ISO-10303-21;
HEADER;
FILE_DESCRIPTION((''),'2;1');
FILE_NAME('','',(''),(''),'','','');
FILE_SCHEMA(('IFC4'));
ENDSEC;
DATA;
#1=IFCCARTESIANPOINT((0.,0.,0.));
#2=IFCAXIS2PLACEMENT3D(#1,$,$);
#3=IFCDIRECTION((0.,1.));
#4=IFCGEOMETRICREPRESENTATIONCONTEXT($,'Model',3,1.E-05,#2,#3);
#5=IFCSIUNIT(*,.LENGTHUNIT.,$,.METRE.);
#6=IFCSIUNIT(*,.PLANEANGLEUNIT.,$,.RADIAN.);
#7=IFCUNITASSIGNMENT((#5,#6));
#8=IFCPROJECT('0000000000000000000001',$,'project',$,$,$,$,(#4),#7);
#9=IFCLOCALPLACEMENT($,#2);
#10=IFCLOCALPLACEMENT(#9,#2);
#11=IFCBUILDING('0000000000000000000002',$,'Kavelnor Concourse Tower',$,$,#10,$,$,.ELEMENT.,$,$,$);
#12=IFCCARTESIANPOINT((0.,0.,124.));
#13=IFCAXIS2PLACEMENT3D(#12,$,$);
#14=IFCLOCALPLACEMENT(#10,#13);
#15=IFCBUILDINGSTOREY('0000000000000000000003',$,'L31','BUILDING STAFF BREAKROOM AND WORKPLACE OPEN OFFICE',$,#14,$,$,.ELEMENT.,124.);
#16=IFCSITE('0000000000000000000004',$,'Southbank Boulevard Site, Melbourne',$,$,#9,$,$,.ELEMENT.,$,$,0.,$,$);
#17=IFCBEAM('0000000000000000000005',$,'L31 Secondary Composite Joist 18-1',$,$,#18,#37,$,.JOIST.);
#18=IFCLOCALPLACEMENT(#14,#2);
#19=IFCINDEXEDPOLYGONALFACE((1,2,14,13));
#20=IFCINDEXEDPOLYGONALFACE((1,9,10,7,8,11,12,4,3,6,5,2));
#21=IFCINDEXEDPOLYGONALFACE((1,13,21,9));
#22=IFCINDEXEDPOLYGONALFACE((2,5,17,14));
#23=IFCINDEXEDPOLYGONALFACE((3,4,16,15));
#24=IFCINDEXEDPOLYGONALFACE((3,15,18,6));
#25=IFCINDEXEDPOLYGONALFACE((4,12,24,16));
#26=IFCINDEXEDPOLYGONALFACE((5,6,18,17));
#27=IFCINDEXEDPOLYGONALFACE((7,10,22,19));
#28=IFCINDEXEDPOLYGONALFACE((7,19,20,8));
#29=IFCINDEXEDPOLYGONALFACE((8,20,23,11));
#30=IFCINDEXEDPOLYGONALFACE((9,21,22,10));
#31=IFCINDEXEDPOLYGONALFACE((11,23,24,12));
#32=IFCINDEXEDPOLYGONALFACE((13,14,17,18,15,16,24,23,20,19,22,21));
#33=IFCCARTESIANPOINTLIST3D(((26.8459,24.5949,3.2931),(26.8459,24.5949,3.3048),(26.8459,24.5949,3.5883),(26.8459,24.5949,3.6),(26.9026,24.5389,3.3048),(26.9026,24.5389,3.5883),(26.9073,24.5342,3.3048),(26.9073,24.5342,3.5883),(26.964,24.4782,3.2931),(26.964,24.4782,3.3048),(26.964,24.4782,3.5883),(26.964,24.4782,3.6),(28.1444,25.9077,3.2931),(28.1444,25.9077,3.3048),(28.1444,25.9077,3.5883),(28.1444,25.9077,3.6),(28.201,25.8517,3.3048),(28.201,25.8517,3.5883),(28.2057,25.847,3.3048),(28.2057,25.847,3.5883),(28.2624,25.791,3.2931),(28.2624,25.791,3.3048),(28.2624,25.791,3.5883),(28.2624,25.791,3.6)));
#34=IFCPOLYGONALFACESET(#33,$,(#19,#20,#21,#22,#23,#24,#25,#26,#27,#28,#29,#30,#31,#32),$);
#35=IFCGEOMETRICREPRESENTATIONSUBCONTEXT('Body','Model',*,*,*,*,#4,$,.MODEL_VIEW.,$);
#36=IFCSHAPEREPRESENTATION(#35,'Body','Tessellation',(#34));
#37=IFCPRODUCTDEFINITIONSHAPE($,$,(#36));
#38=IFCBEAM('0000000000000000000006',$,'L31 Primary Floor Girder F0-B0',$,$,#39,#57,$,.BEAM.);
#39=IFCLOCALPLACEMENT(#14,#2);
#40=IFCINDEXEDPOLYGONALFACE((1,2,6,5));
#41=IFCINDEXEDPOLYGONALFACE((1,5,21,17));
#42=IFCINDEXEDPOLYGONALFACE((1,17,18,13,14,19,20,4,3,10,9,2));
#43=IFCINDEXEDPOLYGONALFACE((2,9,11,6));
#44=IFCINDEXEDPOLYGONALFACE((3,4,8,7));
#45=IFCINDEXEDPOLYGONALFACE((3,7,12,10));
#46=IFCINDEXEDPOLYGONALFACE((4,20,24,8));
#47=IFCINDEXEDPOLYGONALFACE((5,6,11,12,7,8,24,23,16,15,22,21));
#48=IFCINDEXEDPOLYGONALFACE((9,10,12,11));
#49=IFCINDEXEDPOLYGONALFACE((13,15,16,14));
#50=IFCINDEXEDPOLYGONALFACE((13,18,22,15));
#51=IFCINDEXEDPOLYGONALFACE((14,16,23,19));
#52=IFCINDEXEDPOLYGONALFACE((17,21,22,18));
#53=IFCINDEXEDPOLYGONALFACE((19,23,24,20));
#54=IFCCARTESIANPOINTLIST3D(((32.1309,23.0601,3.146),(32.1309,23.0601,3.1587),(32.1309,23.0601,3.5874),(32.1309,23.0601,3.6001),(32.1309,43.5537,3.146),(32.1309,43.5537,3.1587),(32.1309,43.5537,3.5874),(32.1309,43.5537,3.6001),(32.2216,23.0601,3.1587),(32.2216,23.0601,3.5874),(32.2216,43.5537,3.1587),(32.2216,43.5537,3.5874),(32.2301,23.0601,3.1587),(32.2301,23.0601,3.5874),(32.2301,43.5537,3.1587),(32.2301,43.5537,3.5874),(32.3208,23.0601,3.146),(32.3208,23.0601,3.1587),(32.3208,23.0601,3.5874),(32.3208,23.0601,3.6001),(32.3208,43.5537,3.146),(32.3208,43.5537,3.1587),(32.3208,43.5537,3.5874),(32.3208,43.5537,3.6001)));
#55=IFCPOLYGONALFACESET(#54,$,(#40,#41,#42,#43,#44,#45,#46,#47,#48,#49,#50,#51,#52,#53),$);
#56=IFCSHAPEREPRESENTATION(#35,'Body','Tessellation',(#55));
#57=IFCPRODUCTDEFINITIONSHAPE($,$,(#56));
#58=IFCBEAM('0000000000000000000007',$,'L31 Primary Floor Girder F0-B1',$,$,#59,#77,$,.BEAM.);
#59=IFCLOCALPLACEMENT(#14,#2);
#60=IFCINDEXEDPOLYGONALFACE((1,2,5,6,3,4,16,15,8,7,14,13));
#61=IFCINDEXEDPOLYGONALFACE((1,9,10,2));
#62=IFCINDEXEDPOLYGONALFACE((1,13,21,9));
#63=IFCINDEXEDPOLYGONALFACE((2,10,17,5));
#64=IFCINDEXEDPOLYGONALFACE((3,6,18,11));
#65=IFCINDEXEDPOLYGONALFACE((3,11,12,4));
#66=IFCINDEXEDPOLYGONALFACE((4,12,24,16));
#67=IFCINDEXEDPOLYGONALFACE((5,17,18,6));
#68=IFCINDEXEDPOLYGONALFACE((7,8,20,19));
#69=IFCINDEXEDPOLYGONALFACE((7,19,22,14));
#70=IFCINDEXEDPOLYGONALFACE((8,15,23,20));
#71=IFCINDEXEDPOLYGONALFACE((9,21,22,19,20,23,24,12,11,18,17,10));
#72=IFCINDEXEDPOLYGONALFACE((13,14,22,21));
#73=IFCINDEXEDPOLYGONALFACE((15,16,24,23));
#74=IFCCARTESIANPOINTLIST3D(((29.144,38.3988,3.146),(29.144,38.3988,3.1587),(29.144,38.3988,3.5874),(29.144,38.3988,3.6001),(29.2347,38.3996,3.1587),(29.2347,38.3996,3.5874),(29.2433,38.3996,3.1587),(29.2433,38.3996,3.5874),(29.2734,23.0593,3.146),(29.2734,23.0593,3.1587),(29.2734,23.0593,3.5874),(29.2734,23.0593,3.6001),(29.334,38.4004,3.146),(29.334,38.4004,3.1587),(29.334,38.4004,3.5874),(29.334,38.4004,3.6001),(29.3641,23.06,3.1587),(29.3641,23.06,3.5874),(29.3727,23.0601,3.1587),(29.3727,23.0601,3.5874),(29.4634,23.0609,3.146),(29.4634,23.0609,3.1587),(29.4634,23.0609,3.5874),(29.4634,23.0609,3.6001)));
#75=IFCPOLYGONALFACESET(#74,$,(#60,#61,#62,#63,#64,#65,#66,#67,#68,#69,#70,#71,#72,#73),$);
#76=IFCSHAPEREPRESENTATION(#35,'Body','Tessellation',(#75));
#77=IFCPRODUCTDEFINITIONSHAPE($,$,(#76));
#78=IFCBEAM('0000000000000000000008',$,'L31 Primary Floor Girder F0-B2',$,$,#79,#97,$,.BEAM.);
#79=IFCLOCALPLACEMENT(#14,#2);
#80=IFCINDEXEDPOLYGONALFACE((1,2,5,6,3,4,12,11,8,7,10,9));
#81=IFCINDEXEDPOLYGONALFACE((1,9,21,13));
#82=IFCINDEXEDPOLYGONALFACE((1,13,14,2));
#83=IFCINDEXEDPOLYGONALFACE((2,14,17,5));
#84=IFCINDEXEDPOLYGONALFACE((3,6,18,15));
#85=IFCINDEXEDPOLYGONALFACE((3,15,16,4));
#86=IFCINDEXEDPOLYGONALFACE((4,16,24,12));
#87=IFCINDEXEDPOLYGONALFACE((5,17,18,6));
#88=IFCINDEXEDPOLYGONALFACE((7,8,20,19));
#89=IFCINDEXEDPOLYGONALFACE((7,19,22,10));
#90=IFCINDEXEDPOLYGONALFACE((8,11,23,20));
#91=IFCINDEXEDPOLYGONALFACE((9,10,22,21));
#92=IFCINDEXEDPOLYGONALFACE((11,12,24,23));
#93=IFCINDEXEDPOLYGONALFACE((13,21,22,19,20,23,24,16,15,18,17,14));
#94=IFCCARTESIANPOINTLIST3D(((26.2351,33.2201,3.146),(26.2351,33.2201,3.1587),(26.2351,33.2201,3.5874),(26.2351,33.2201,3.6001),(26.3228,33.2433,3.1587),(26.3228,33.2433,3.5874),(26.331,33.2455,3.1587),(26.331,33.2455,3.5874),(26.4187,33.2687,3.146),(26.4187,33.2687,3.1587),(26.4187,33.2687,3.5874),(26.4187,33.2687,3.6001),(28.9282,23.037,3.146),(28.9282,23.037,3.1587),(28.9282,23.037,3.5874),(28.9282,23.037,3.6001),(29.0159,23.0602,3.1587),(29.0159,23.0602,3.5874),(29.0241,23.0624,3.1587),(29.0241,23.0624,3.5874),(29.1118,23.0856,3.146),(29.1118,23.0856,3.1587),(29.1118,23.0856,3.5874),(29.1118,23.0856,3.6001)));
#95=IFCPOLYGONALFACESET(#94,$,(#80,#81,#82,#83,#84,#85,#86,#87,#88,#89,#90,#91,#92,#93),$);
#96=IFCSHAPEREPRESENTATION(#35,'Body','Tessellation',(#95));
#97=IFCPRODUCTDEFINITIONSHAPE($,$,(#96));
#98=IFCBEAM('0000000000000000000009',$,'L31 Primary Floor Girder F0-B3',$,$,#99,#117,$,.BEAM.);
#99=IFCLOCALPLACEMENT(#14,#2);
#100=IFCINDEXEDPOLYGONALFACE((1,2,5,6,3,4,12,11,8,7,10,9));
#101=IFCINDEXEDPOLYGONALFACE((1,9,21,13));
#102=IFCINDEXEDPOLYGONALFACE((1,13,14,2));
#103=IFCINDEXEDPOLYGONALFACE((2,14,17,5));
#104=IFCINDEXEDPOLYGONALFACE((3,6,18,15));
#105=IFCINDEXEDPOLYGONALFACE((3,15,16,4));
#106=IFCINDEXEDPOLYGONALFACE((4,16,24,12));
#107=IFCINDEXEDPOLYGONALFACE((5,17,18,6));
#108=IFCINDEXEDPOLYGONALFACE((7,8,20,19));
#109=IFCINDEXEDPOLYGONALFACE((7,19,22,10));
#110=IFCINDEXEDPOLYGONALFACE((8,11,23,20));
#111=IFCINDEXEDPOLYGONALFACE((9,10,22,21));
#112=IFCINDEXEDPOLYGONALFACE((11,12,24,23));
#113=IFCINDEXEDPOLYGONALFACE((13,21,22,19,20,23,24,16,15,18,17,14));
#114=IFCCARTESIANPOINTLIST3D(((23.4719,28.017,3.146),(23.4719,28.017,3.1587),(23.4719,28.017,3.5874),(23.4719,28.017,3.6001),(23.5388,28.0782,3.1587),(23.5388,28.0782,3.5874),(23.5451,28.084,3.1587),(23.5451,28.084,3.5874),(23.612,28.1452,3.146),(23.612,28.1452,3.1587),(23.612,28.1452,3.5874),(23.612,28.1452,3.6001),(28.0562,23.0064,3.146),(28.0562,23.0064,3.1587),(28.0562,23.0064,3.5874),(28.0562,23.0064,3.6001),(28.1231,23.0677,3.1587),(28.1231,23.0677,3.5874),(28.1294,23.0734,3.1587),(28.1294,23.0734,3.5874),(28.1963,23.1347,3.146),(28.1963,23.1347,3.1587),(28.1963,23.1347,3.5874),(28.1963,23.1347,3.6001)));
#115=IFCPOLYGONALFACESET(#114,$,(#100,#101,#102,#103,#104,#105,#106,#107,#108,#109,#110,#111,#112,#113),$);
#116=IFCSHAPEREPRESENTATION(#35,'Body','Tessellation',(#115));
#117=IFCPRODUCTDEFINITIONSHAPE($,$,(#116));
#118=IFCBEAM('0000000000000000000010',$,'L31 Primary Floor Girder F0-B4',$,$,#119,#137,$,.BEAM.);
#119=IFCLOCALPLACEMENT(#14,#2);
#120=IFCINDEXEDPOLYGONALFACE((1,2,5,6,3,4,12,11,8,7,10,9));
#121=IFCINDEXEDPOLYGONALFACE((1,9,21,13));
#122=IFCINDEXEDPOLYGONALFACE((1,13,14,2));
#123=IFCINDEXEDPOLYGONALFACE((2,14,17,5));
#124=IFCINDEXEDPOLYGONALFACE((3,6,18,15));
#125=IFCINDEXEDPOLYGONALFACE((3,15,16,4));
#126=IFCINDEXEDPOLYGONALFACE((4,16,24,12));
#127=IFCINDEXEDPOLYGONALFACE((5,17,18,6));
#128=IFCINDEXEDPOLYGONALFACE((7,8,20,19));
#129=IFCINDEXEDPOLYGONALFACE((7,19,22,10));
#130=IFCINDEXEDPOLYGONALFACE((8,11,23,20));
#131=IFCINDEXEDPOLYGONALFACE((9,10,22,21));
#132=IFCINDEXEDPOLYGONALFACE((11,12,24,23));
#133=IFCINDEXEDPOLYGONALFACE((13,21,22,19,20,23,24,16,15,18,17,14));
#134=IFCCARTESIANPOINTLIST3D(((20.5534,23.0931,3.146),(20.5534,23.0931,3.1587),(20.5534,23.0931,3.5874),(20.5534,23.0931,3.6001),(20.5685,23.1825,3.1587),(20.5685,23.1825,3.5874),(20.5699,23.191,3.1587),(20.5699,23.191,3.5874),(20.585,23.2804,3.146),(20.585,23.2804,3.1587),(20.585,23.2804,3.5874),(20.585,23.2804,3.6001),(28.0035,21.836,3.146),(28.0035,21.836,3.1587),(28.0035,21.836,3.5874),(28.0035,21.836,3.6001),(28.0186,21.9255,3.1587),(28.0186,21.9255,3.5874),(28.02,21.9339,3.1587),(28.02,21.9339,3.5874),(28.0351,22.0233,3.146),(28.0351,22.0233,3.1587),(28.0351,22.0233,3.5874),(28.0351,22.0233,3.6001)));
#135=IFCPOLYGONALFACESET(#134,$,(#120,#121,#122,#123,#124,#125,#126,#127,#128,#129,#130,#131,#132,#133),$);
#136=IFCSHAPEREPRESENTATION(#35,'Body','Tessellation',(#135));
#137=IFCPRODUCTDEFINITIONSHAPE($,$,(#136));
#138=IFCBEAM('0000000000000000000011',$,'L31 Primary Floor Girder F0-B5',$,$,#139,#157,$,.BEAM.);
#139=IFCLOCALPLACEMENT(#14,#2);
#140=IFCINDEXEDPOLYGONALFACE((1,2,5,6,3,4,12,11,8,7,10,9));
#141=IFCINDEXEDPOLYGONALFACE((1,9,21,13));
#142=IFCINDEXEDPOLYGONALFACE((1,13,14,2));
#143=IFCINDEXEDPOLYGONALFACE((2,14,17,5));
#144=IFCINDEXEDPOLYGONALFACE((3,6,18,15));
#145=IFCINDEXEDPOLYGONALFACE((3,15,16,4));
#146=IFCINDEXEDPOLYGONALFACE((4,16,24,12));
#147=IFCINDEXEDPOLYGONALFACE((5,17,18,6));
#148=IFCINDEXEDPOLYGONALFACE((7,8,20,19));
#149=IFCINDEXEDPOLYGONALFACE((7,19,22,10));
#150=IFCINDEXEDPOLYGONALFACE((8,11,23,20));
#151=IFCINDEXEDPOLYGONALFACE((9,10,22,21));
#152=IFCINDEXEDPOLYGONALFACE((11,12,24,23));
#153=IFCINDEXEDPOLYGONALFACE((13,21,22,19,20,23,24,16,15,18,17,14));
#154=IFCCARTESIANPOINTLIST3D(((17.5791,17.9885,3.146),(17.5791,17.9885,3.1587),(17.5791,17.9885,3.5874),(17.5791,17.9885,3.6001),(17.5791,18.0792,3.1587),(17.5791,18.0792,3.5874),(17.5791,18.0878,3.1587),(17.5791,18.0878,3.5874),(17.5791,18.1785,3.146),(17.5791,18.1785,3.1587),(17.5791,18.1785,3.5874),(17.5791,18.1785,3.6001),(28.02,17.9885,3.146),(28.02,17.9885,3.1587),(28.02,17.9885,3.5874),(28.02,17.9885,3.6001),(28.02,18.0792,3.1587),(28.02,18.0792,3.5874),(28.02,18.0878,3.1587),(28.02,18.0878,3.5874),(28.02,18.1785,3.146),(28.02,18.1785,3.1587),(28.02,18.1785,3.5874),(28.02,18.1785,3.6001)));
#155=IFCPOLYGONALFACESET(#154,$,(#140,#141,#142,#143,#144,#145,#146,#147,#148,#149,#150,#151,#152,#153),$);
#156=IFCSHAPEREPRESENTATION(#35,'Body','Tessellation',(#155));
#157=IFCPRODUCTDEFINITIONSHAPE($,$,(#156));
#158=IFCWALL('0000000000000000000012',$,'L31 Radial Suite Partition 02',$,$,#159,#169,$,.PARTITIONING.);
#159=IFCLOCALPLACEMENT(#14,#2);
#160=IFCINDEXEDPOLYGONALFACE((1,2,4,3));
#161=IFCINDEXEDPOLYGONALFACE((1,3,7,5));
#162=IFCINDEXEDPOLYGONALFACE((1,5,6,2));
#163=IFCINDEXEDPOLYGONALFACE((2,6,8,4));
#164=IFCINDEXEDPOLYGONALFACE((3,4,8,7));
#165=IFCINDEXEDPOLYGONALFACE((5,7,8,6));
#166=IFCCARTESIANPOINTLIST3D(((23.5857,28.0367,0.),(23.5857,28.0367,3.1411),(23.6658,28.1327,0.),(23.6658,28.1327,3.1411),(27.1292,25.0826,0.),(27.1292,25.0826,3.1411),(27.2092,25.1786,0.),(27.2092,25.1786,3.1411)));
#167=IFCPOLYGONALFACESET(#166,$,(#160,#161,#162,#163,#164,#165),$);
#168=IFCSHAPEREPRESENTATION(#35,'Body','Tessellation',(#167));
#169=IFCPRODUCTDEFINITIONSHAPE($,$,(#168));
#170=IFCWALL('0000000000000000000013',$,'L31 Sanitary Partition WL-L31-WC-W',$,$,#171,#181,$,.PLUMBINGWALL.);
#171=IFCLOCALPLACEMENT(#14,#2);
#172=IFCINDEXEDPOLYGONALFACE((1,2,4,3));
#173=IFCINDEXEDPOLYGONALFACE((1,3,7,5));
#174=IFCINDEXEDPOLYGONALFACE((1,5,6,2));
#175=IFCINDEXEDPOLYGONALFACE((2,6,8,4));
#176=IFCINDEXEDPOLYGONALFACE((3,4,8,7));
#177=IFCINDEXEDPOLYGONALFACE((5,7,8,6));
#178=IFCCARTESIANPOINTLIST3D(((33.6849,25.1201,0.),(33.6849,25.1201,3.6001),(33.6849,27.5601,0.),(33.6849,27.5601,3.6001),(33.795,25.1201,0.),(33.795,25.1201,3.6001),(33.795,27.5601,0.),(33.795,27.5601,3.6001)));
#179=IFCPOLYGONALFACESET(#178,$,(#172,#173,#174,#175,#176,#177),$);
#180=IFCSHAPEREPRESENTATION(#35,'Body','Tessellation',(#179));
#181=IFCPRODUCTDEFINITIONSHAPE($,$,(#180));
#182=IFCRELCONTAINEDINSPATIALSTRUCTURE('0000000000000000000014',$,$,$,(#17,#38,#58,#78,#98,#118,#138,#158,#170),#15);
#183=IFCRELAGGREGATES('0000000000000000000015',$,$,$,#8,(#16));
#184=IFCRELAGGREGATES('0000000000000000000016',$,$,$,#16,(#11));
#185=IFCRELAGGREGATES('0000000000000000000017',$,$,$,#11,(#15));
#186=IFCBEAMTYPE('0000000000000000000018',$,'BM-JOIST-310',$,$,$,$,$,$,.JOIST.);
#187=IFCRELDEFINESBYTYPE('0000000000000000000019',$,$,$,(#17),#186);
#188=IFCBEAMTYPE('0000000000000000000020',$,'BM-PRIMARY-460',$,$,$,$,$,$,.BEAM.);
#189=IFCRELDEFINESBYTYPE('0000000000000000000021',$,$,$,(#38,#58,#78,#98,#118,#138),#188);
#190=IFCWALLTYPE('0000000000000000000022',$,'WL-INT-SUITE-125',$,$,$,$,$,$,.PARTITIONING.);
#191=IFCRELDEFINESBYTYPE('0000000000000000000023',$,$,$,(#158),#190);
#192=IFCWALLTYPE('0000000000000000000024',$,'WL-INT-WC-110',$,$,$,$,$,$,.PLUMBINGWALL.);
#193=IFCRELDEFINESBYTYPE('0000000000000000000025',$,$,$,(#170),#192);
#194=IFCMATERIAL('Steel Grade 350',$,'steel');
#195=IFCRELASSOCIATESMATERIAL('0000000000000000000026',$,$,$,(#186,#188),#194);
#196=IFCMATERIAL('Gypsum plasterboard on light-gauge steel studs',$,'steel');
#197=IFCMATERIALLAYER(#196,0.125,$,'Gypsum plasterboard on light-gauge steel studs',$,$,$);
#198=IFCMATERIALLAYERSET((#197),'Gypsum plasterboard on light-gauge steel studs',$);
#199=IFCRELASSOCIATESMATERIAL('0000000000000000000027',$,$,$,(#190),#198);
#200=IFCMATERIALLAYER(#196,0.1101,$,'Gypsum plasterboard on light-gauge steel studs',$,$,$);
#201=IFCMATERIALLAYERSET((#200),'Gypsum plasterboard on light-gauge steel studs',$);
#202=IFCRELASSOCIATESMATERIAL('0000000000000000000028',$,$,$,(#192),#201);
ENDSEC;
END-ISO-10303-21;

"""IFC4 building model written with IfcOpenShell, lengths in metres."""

from ifc_helpers import new_model, si_unit, direction, frame, frame_2d, origin, origin_2d, place, context, subcontext, project, spatial, rectangle, i_section, extrude, material, layer, layer_set, material_profile, profile_set, type_object, element, save


model = new_model("IFC4")

# Units and contexts
model_context = context("Model", 3, precision=1e-05, world=origin(), true_north=direction((0.0, 1.0)))
body_context = subcontext(model_context, "Body", "Model", "MODEL_VIEW")
ifc_project = project(units=[si_unit("LENGTHUNIT", "METRE"), si_unit("PLANEANGLEUNIT", "RADIAN")], contexts=[model_context])

# Site, building, storey
site_placement = place(None, origin())
site = spatial("IfcSite", under=ifc_project, at=site_placement, Name="Southbank Boulevard Site, Melbourne", CompositionType="ELEMENT", RefElevation=0.0)
building_placement = place(site_placement, origin())
building = spatial("IfcBuilding", under=site, at=building_placement, Name="Kavelnor Concourse Tower", CompositionType="ELEMENT")
storey_placement = place(building_placement, frame((0.0, 0.0, 124.0)))
storey = spatial("IfcBuildingStorey", under=building, at=storey_placement, Name="L31", Description="BUILDING STAFF BREAKROOM AND WORKPLACE OPEN OFFICE", CompositionType="ELEMENT", Elevation=124.0)

# Beams
ifc_material_1 = material(Name="Steel Grade 350", Category="steel")
ifc_material_profile_1 = material_profile(ifc_material_1, i_section(OverallWidth=0.166, OverallDepth=0.3069, WebThickness=0.0066, FlangeThickness=0.0117, at=origin_2d()), Name="310UB46")
ifc_profile_set_1 = profile_set([ifc_material_profile_1], Name="Steel Grade 350")
beam_type_1 = type_object("IfcBeamType", Name="BM-JOIST-310", PredefinedType="JOIST", material=ifc_profile_set_1)
beam_1_placement = place(storey_placement, frame((28.2034, 25.8494, 3.4465), z_axis=(-0.703195, -0.710997, 0.0), x_axis=(0.710997, -0.703195, 0.0)))
element("IfcBeam", 1, at=beam_1_placement, inside=storey, type_object=beam_type_1, Name="L31 Secondary Composite Joist 18-1", PredefinedType="JOIST", context=body_context, shape_type="SweptSolid", body=[
    extrude(i_section(OverallWidth=0.166, OverallDepth=0.3069, WebThickness=0.0066, FlangeThickness=0.0117, at=origin_2d()), origin(), (0.0, 0.0, 1.0), 1.8464),
])
ifc_material_profile_2 = material_profile(ifc_material_1, i_section(OverallWidth=0.1899, OverallDepth=0.4541, WebThickness=0.0085, FlangeThickness=0.0127, at=origin_2d()), Name="460UB67")
ifc_profile_set_2 = profile_set([ifc_material_profile_2], Name="Steel Grade 350")
beam_type_2 = type_object("IfcBeamType", Name="BM-PRIMARY-460", PredefinedType="BEAM", material=ifc_profile_set_2)
beam_2_placement = place(storey_placement, frame((32.2258, 23.0601, 3.373), z_axis=(0.0, 1.0, 0.0), x_axis=(-1.0, 0.0, 0.0)))
element("IfcBeam", 2, at=beam_2_placement, inside=storey, type_object=beam_type_2, Name="L31 Primary Floor Girder F0-B0", PredefinedType="BEAM", context=body_context, shape_type="SweptSolid", body=[
    extrude(i_section(OverallWidth=0.1899, OverallDepth=0.4541, WebThickness=0.0085, FlangeThickness=0.0127, at=origin_2d()), origin(), (0.0, 0.0, 1.0), 20.4937),
])
beam_3_placement = place(storey_placement, frame((29.3684, 23.0601, 3.373), z_axis=(-0.008435, 0.999964, 0.0), x_axis=(-0.999964, -0.008435, 0.0)))
element("IfcBeam", 3, at=beam_3_placement, inside=storey, type_object=beam_type_2, Name="L31 Primary Floor Girder F0-B1", PredefinedType="BEAM", context=body_context, shape_type="SweptSolid", body=[
    extrude(i_section(OverallWidth=0.1899, OverallDepth=0.4541, WebThickness=0.0085, FlangeThickness=0.0127, at=origin_2d()), origin(), (0.0, 0.0, 1.0), 15.3401),
])
beam_4_placement = place(storey_placement, frame((29.02, 23.0613, 3.373), z_axis=(-0.255678, 0.966762, 0.0), x_axis=(-0.966762, -0.255678, 0.0)))
element("IfcBeam", 4, at=beam_4_placement, inside=storey, type_object=beam_type_2, Name="L31 Primary Floor Girder F0-B2", PredefinedType="BEAM", context=body_context, shape_type="SweptSolid", body=[
    extrude(i_section(OverallWidth=0.1899, OverallDepth=0.4541, WebThickness=0.0085, FlangeThickness=0.0127, at=origin_2d()), origin(), (0.0, 0.0, 1.0), 10.5332),
])
beam_5_placement = place(storey_placement, frame((28.1262, 23.0706, 3.373), z_axis=(-0.675026, 0.737794, 0.0), x_axis=(-0.737794, -0.675026, 0.0)))
element("IfcBeam", 5, at=beam_5_placement, inside=storey, type_object=beam_type_2, Name="L31 Primary Floor Girder F0-B3", PredefinedType="BEAM", context=body_context, shape_type="SweptSolid", body=[
    extrude(i_section(OverallWidth=0.1899, OverallDepth=0.4541, WebThickness=0.0085, FlangeThickness=0.0127, at=origin_2d()), origin(), (0.0, 0.0, 1.0), 6.7913),
])
beam_6_placement = place(storey_placement, frame((28.0193, 21.9297, 3.373), z_axis=(-0.986062, 0.166379, 0.0), x_axis=(-0.166379, -0.986062, 0.0)))
element("IfcBeam", 6, at=beam_6_placement, inside=storey, type_object=beam_type_2, Name="L31 Primary Floor Girder F0-B4", PredefinedType="BEAM", context=body_context, shape_type="SweptSolid", body=[
    extrude(i_section(OverallWidth=0.1899, OverallDepth=0.4541, WebThickness=0.0085, FlangeThickness=0.0127, at=origin_2d()), origin(), (0.0, 0.0, 1.0), 7.5554),
])
beam_7_placement = place(storey_placement, frame((28.02, 18.0835, 3.373), z_axis=(-1.0, 0.0, 0.0), x_axis=(0.0, -1.0, 0.0)))
element("IfcBeam", 7, at=beam_7_placement, inside=storey, type_object=beam_type_2, Name="L31 Primary Floor Girder F0-B5", PredefinedType="BEAM", context=body_context, shape_type="SweptSolid", body=[
    extrude(i_section(OverallWidth=0.1899, OverallDepth=0.4541, WebThickness=0.0085, FlangeThickness=0.0127, at=origin_2d()), origin(), (0.0, 0.0, 1.0), 10.4409),
])

# Walls
ifc_material_2 = material(Name="Gypsum plasterboard on light-gauge steel studs", Category="steel")
ifc_layer_1 = layer(ifc_material_2, 0.125, Name="Gypsum plasterboard on light-gauge steel studs")
ifc_layer_set_1 = layer_set([ifc_layer_1], Name="Gypsum plasterboard on light-gauge steel studs")
wall_type_1 = type_object("IfcWallType", Name="WL-INT-SUITE-125", PredefinedType="PARTITIONING", material=ifc_layer_set_1)
wall_1_placement = place(storey_placement, frame((27.1692, 25.1306, 0.0), z_axis=(0.0, 0.0, 1.0), x_axis=(-0.768091, 0.640341, 0.0)))
element("IfcWall", 8, at=wall_1_placement, inside=storey, type_object=wall_type_1, Name="L31 Radial Suite Partition 02", PredefinedType="PARTITIONING", context=body_context, shape_type="SweptSolid", body=[
    extrude(rectangle(XDim=4.6133, YDim=0.125, at=frame_2d((2.3066, 0.0))), origin(), (0.0, 0.0, 1.0), 3.1411),
])
ifc_layer_2 = layer(ifc_material_2, 0.1101, Name="Gypsum plasterboard on light-gauge steel studs")
ifc_layer_set_2 = layer_set([ifc_layer_2], Name="Gypsum plasterboard on light-gauge steel studs")
wall_type_2 = type_object("IfcWallType", Name="WL-INT-WC-110", PredefinedType="PLUMBINGWALL", material=ifc_layer_set_2)
wall_2_placement = place(storey_placement, frame((33.74, 25.1201, 0.0), z_axis=(0.0, 0.0, 1.0), x_axis=(0.0, 1.0, 0.0)))
element("IfcWall", 9, at=wall_2_placement, inside=storey, type_object=wall_type_2, Name="L31 Sanitary Partition WL-L31-WC-W", PredefinedType="PLUMBINGWALL", context=body_context, shape_type="SweptSolid", body=[
    extrude(rectangle(XDim=2.4399, YDim=0.1101, at=frame_2d((1.22, 0.0))), origin(), (0.0, 0.0, 1.0), 3.6001),
])

save(model, "model.ifc")
